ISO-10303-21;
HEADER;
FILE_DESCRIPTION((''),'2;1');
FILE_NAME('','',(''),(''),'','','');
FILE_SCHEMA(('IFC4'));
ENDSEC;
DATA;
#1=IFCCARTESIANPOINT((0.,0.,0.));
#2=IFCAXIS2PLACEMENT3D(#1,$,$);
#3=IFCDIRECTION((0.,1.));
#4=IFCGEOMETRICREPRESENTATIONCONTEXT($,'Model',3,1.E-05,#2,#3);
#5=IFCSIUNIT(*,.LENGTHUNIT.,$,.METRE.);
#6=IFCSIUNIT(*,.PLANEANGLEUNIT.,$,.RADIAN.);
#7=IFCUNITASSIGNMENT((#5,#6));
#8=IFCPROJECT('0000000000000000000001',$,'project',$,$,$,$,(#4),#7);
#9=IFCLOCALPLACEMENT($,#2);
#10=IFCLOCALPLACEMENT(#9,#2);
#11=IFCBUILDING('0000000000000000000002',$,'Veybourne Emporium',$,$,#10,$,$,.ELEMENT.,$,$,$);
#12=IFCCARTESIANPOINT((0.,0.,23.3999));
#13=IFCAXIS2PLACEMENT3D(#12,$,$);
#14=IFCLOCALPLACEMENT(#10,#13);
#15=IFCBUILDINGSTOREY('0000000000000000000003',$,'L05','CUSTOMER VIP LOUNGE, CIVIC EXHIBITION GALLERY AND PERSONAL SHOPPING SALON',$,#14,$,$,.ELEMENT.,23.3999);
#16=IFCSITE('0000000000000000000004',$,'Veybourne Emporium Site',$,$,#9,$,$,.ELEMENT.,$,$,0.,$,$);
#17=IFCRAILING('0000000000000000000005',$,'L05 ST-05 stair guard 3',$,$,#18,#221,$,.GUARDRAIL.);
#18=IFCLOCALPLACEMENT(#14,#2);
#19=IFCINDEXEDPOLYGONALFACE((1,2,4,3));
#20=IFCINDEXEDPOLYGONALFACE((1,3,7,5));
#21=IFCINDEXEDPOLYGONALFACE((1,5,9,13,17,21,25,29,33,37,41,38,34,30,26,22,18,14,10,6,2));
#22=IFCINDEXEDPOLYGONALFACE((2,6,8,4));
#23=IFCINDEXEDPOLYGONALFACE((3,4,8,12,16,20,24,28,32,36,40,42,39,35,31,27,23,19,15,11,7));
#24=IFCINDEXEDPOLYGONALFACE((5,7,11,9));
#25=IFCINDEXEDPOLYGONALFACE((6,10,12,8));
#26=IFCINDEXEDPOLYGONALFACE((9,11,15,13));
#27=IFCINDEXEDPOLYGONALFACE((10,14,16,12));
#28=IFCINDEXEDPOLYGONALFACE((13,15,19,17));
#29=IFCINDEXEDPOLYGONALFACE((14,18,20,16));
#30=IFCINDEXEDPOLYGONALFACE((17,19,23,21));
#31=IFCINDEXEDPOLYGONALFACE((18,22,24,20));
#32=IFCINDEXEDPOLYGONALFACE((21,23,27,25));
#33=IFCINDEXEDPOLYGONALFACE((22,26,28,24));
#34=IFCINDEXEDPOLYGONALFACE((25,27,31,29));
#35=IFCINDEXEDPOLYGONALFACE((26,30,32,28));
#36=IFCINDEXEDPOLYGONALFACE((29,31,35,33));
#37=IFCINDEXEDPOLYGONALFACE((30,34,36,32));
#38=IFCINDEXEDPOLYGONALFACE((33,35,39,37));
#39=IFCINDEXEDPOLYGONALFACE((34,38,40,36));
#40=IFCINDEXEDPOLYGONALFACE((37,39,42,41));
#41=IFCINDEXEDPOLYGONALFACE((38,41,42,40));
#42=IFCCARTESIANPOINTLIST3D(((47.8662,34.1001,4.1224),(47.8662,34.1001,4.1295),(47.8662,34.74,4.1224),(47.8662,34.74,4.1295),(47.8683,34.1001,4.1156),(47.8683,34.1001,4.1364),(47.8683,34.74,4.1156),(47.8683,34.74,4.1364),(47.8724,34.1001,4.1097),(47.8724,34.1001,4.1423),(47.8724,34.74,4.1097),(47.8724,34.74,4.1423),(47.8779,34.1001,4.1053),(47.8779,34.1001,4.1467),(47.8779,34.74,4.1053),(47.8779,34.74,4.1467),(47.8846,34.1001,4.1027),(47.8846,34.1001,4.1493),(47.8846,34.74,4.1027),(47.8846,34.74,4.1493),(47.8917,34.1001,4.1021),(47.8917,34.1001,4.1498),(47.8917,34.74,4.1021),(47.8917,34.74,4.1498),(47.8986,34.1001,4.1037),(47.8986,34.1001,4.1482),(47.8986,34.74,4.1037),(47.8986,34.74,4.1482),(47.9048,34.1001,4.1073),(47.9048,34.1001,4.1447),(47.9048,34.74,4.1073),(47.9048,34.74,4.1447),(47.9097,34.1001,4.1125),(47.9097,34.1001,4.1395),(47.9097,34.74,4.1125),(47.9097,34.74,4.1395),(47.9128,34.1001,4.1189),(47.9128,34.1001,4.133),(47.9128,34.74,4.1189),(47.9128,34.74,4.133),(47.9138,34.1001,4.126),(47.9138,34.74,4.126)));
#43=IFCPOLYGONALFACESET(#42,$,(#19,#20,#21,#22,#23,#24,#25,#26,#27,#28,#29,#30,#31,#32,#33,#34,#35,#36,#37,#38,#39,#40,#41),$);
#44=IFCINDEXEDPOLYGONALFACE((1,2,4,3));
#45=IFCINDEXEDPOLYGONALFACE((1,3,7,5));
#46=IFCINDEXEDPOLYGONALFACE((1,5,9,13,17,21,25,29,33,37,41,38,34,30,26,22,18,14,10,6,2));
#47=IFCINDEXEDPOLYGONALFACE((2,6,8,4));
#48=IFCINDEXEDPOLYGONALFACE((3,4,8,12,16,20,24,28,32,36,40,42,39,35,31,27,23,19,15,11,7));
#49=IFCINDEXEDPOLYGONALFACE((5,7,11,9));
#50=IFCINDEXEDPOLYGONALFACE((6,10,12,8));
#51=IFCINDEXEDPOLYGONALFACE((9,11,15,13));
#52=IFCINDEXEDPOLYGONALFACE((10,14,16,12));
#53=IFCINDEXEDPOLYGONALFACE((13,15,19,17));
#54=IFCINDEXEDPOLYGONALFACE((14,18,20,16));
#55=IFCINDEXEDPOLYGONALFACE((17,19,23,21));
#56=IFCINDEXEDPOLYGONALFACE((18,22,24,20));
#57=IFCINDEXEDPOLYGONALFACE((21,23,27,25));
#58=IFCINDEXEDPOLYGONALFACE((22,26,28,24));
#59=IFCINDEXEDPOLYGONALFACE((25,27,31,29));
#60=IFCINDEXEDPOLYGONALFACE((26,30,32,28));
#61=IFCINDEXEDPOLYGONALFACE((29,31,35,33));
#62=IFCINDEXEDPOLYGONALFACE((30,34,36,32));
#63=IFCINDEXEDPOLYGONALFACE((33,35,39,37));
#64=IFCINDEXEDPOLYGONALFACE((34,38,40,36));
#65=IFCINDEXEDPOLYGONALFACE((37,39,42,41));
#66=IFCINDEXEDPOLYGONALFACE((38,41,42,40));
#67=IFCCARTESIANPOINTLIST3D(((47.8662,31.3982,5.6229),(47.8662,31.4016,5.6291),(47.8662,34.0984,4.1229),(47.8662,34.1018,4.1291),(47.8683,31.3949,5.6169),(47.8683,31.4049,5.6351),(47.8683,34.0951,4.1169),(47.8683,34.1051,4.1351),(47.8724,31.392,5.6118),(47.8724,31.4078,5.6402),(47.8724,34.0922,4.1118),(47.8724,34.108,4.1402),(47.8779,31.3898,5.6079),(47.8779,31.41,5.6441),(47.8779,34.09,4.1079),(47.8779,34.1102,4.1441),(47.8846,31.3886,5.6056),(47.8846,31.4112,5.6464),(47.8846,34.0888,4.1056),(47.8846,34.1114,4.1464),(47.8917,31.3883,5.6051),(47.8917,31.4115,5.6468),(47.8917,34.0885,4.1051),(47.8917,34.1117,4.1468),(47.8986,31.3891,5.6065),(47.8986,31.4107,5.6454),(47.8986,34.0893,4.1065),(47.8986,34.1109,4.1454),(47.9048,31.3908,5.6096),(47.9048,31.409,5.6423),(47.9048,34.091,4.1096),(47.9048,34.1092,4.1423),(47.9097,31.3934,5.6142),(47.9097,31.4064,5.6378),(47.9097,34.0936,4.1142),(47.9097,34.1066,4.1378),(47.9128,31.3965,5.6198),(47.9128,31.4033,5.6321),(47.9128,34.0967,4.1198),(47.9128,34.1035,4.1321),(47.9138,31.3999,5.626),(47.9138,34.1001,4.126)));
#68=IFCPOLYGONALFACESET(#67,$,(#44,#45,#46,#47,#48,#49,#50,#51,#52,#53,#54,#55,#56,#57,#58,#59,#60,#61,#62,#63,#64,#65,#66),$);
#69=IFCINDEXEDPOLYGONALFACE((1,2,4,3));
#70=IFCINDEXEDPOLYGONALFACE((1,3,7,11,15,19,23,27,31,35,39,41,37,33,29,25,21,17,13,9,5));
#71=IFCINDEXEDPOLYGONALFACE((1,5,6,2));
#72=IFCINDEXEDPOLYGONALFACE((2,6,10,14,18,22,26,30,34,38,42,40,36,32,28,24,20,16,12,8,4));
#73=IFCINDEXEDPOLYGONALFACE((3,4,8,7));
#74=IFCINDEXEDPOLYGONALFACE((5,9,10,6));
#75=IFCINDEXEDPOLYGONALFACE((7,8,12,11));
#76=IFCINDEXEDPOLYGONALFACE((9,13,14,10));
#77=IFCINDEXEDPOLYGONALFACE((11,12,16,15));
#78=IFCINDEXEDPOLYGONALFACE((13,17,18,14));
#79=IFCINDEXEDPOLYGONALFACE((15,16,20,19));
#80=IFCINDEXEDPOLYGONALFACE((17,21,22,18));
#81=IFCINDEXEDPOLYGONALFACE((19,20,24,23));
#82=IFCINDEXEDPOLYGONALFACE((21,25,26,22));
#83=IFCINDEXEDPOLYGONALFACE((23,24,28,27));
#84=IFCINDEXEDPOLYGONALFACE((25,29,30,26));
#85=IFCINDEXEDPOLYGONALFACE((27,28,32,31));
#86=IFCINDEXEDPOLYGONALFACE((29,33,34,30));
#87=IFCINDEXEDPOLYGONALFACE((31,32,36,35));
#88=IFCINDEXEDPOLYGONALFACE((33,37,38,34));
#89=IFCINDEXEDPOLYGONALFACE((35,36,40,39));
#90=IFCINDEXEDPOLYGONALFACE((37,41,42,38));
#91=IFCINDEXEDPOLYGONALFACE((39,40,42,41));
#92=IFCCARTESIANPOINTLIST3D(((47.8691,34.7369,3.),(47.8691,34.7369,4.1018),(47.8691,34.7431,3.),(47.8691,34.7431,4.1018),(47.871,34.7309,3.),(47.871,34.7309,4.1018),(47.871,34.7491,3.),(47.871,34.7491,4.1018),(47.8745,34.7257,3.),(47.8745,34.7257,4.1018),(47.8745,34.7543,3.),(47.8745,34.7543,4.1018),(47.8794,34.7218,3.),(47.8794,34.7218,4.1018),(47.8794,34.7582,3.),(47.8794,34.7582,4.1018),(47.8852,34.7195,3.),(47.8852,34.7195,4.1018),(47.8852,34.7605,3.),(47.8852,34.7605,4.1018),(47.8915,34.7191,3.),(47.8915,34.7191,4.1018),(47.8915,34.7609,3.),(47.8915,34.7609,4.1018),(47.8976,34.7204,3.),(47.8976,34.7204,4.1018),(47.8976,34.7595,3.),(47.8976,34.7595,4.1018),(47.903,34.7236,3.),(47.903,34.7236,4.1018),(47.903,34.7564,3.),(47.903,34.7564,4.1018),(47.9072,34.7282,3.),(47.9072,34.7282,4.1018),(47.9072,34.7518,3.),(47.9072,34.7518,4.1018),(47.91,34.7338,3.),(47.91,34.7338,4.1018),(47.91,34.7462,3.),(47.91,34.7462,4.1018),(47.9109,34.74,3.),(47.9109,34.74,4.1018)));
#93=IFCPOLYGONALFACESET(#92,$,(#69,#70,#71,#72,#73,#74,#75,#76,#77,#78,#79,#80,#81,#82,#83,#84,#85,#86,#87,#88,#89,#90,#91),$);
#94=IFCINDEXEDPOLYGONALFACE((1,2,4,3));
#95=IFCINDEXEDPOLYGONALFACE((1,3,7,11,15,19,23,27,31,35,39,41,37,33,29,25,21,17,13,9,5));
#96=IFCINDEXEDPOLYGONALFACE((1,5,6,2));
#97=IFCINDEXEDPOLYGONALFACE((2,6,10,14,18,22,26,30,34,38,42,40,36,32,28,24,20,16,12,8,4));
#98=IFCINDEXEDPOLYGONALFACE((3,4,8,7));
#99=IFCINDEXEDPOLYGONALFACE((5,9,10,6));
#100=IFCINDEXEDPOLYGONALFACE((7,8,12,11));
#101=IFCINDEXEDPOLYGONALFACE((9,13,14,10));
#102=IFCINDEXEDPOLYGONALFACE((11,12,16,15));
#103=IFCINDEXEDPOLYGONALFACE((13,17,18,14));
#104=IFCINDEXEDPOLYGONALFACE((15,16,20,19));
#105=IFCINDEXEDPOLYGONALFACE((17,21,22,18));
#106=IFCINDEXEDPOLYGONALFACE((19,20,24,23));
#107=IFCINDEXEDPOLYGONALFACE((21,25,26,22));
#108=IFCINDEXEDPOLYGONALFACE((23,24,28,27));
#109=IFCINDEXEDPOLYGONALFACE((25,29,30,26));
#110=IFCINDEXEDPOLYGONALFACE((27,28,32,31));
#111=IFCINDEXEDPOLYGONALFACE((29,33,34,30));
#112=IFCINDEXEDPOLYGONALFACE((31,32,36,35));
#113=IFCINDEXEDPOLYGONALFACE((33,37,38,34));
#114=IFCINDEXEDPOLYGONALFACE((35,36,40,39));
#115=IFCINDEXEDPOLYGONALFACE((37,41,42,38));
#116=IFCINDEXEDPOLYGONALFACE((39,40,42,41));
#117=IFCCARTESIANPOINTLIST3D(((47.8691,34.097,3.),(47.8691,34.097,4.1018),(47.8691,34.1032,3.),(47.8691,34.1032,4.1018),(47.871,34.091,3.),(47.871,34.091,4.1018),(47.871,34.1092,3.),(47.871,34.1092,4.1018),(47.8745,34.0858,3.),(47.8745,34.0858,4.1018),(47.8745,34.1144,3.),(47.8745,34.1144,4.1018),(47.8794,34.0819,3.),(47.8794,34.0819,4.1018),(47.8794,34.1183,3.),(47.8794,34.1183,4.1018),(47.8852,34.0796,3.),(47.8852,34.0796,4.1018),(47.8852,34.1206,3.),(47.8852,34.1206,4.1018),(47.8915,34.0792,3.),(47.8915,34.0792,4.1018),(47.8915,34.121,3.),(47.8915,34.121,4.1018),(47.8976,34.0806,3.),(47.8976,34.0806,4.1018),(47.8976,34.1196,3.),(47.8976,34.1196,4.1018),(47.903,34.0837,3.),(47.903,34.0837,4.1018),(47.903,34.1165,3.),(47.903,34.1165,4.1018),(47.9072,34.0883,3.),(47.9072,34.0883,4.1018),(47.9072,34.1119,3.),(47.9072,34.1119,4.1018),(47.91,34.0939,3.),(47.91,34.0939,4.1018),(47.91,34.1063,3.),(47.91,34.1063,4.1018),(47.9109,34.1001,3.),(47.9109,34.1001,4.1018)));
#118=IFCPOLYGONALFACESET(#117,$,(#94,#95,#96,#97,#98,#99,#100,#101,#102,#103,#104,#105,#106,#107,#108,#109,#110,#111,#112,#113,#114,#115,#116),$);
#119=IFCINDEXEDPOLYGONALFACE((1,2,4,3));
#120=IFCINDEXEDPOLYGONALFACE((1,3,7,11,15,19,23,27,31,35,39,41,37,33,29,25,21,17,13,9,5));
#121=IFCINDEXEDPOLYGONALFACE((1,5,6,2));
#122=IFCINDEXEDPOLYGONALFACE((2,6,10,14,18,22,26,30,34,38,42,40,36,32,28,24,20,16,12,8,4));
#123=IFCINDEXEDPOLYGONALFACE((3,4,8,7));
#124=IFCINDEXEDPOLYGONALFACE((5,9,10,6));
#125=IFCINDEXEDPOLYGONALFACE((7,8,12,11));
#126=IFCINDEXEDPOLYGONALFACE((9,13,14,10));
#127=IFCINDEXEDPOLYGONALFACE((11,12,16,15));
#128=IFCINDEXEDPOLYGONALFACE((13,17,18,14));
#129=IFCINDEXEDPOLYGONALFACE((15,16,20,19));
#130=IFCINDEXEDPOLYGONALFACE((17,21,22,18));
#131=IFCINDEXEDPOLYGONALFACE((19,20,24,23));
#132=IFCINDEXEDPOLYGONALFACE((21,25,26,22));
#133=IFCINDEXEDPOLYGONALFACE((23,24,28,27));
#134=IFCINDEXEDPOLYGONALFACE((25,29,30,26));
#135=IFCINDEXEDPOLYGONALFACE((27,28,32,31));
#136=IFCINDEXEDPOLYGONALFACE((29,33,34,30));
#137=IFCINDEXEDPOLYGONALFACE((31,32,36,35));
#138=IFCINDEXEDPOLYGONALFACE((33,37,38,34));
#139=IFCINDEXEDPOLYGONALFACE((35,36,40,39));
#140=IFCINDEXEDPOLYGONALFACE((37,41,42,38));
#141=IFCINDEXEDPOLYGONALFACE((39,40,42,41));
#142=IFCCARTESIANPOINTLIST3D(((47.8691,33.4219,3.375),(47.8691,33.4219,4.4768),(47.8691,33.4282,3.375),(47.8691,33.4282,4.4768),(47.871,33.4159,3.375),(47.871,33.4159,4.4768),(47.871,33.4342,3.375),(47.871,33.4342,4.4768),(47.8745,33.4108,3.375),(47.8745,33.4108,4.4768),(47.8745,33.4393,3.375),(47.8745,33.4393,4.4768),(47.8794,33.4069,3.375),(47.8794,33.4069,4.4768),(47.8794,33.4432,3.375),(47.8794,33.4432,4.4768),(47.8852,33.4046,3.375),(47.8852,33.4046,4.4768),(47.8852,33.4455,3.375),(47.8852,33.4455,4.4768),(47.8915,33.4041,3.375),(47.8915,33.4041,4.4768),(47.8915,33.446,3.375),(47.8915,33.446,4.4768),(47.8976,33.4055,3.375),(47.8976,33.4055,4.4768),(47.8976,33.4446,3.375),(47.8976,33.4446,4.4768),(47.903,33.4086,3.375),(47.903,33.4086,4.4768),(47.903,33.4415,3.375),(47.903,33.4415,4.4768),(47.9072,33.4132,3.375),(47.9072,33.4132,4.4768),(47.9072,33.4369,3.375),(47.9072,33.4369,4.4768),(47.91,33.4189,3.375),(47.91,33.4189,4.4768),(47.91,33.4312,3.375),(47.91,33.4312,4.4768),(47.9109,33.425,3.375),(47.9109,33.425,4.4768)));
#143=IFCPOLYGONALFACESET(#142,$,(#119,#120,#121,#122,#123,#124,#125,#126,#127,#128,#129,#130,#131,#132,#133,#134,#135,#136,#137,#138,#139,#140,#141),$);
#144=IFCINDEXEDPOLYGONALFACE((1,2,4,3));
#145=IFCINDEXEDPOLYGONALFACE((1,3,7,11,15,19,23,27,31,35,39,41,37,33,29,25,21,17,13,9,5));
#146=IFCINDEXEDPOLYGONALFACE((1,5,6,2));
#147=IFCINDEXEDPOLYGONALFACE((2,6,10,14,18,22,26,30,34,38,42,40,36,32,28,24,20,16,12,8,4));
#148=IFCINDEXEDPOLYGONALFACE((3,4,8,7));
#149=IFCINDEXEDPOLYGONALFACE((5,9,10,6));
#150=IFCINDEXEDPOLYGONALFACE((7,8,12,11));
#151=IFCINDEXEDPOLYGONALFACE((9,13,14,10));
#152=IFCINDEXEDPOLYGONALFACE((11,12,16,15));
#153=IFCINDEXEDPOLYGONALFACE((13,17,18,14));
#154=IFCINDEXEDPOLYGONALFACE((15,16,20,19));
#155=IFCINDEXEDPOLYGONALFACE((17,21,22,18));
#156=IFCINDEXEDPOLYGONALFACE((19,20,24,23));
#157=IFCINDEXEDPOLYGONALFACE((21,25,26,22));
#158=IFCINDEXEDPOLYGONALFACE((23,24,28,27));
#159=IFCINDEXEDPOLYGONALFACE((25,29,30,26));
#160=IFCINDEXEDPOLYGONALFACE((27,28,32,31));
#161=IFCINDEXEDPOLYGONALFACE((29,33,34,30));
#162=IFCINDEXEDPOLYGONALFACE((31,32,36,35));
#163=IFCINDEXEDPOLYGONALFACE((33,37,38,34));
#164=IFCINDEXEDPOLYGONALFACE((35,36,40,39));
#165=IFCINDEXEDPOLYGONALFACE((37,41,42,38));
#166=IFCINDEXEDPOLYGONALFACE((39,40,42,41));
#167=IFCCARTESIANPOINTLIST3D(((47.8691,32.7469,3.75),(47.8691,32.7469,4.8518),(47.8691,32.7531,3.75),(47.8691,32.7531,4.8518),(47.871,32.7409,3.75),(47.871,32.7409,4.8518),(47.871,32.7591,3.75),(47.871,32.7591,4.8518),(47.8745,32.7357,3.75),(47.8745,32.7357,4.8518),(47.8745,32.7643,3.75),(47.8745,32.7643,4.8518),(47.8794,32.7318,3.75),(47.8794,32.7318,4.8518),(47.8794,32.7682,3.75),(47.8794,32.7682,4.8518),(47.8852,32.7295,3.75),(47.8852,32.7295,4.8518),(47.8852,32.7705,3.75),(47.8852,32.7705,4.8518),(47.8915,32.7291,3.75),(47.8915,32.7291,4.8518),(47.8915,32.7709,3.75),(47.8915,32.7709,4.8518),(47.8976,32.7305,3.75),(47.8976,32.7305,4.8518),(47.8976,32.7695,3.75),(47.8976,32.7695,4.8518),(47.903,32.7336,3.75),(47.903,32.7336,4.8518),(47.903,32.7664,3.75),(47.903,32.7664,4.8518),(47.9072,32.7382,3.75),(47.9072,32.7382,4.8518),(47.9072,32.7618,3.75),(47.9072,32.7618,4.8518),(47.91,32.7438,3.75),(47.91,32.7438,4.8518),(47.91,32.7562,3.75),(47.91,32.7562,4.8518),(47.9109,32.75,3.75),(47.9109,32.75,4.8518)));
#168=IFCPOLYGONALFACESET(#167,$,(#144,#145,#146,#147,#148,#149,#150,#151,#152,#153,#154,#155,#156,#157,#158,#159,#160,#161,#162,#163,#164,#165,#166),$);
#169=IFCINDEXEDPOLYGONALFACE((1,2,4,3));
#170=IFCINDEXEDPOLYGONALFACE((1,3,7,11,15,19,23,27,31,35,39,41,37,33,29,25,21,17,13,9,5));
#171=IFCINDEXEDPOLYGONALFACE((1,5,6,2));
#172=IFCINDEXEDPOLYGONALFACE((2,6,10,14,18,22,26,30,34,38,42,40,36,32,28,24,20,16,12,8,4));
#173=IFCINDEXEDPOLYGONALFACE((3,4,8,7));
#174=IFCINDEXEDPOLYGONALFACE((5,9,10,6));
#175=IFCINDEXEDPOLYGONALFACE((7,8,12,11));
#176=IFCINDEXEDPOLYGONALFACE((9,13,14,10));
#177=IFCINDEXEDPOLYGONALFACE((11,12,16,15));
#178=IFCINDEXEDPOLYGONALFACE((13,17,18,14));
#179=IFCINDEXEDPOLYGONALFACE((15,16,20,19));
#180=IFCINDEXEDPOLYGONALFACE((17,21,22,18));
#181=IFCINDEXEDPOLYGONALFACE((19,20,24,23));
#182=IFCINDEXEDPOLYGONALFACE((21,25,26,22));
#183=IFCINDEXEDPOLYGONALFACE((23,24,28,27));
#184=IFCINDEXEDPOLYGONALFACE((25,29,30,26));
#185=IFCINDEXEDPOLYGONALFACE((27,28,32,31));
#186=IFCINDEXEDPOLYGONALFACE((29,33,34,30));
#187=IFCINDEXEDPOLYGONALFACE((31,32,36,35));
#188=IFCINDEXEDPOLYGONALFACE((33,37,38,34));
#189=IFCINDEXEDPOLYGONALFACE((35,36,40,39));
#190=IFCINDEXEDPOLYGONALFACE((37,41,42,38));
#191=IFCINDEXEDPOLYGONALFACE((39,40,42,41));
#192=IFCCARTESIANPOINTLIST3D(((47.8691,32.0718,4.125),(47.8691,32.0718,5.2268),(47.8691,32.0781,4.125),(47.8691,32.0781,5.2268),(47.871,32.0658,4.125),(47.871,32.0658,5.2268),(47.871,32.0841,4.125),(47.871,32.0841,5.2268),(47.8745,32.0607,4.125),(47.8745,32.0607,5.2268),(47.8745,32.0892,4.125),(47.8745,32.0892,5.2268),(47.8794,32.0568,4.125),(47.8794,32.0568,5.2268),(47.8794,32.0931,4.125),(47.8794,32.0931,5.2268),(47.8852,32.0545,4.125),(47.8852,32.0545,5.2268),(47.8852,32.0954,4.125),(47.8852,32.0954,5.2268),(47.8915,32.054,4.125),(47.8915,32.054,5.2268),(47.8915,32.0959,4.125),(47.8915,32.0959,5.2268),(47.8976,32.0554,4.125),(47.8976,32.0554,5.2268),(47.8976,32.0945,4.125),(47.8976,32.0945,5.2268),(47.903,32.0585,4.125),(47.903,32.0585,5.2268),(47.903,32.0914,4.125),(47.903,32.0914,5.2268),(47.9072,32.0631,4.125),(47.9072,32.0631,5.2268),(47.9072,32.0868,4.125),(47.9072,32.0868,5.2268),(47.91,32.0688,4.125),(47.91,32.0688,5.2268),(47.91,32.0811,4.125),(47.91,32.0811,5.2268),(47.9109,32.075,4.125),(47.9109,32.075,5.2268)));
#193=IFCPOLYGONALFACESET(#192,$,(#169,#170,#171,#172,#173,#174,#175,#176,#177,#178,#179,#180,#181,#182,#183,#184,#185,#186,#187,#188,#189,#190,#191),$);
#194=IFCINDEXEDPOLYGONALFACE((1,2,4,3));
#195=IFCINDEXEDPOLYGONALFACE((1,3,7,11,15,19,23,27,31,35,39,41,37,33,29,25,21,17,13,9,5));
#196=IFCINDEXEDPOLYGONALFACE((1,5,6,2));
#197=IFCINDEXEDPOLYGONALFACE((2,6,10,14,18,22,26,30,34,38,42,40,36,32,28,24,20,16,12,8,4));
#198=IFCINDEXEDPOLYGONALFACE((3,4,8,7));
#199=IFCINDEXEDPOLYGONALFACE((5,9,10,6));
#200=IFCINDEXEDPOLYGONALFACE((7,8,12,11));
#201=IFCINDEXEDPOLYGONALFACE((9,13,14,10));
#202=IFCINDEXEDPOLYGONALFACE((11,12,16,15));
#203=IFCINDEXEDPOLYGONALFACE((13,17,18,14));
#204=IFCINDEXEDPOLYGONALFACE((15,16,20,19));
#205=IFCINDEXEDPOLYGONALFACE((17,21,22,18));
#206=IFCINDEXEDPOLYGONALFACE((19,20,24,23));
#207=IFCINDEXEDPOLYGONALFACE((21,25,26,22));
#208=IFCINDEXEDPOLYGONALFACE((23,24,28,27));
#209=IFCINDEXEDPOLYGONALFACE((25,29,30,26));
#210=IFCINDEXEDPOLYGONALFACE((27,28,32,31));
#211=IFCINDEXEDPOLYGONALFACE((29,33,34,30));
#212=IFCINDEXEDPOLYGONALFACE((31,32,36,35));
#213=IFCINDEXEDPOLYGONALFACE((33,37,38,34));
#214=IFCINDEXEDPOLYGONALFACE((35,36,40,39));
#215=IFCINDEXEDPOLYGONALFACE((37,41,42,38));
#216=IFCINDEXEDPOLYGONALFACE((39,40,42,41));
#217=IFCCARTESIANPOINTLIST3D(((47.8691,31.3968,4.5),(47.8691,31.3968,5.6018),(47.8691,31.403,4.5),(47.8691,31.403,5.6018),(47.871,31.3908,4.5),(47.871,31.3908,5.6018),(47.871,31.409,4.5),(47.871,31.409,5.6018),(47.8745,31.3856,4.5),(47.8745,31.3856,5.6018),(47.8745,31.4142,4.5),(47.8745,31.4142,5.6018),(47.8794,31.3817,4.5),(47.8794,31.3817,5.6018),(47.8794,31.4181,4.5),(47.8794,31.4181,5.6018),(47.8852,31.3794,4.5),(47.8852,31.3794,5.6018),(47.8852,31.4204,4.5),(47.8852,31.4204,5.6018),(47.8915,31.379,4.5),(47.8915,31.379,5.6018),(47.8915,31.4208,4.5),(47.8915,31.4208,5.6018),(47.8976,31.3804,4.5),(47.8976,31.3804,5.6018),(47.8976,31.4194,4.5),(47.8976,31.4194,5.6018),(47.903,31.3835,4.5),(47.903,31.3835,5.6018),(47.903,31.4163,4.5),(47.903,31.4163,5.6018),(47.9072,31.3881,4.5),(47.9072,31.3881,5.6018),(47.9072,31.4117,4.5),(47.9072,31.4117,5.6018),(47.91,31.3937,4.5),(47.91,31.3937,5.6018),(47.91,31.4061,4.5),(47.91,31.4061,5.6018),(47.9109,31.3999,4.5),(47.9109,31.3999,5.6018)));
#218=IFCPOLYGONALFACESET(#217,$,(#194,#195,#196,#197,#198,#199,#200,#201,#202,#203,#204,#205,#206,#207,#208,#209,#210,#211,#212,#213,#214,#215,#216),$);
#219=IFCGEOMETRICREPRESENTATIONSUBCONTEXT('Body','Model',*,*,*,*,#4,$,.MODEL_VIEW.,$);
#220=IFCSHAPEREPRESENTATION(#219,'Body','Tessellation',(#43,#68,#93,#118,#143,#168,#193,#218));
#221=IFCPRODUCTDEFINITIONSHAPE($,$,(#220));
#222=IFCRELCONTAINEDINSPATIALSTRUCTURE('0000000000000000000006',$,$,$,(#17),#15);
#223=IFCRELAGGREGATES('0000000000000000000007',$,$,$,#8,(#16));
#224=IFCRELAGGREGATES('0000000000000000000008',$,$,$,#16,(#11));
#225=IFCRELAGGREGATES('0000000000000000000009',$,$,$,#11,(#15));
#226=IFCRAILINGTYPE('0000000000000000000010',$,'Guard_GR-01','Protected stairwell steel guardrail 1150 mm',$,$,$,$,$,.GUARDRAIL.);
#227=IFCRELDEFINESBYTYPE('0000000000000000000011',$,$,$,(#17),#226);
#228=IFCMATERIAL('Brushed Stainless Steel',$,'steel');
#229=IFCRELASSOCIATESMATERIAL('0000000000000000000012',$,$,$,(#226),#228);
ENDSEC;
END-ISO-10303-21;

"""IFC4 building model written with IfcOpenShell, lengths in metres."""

from ifc_helpers import new_model, si_unit, direction, frame, origin, origin_2d, place, context, subcontext, project, spatial, circle, extrude, material, type_object, element, save


model = new_model("IFC4")

# Units and contexts
model_context = context("Model", 3, precision=1e-05, world=origin(), true_north=direction((0.0, 1.0)))
body_context = subcontext(model_context, "Body", "Model", "MODEL_VIEW")
ifc_project = project(units=[si_unit("LENGTHUNIT", "METRE"), si_unit("PLANEANGLEUNIT", "RADIAN")], contexts=[model_context])

# Site, building, storey
site_placement = place(None, origin())
site = spatial("IfcSite", under=ifc_project, at=site_placement, Name="Veybourne Emporium Site", CompositionType="ELEMENT", RefElevation=0.0)
building_placement = place(site_placement, origin())
building = spatial("IfcBuilding", under=site, at=building_placement, Name="Veybourne Emporium", CompositionType="ELEMENT")
storey_placement = place(building_placement, frame((0.0, 0.0, 23.3999)))
storey = spatial("IfcBuildingStorey", under=building, at=storey_placement, Name="L05", Description="CUSTOMER VIP LOUNGE, CIVIC EXHIBITION GALLERY AND PERSONAL SHOPPING SALON", CompositionType="ELEMENT", Elevation=23.3999)

# Railing
ifc_material_1 = material(Name="Brushed Stainless Steel", Category="steel")
railing_type_1 = type_object("IfcRailingType", Name="Guard_GR-01", Description="Protected stairwell steel guardrail 1150 mm", PredefinedType="GUARDRAIL", material=ifc_material_1)
railing_1_placement = place(storey_placement, frame((47.8899, 34.74, 3.0)))
element("IfcRailing", 1, at=railing_1_placement, inside=storey, type_object=railing_type_1, Name="L05 ST-05 stair guard 3", PredefinedType="GUARDRAIL", context=body_context, shape_type="SweptSolid", body=[
    extrude(circle(Radius=0.0239, at=origin_2d()), frame((0.0, 0.0, 1.126), z_axis=(0.0, -1.0, 0.0), x_axis=(1.0, 0.0, 0.0)), (0.0, 0.0, 1.0), 0.6399),
    extrude(circle(Radius=0.0239, at=origin_2d()), frame((0.0, -0.6399, 1.126), z_axis=(0.0, -0.874172, 0.485616), x_axis=(1.0, 0.0, 0.0)), (0.0, 0.0, 1.0), 3.0889),
    extrude(circle(Radius=0.021, at=origin_2d()), origin(), (0.0, 0.0, 1.0), 1.1018),
    extrude(circle(Radius=0.021, at=origin_2d()), frame((0.0, -0.6399, 0.0)), (0.0, 0.0, 1.0), 1.1018),
    extrude(circle(Radius=0.021, at=origin_2d()), frame((0.0, -1.3149, 0.375)), (0.0, 0.0, 1.0), 1.1018),
    extrude(circle(Radius=0.021, at=origin_2d()), frame((0.0, -1.99, 0.75)), (0.0, 0.0, 1.0), 1.1018),
    extrude(circle(Radius=0.021, at=origin_2d()), frame((0.0, -2.665, 1.125)), (0.0, 0.0, 1.0), 1.1018),
    extrude(circle(Radius=0.021, at=origin_2d()), frame((0.0, -3.3401, 1.5)), (0.0, 0.0, 1.0), 1.1018),
])

save(model, "model.ifc")
